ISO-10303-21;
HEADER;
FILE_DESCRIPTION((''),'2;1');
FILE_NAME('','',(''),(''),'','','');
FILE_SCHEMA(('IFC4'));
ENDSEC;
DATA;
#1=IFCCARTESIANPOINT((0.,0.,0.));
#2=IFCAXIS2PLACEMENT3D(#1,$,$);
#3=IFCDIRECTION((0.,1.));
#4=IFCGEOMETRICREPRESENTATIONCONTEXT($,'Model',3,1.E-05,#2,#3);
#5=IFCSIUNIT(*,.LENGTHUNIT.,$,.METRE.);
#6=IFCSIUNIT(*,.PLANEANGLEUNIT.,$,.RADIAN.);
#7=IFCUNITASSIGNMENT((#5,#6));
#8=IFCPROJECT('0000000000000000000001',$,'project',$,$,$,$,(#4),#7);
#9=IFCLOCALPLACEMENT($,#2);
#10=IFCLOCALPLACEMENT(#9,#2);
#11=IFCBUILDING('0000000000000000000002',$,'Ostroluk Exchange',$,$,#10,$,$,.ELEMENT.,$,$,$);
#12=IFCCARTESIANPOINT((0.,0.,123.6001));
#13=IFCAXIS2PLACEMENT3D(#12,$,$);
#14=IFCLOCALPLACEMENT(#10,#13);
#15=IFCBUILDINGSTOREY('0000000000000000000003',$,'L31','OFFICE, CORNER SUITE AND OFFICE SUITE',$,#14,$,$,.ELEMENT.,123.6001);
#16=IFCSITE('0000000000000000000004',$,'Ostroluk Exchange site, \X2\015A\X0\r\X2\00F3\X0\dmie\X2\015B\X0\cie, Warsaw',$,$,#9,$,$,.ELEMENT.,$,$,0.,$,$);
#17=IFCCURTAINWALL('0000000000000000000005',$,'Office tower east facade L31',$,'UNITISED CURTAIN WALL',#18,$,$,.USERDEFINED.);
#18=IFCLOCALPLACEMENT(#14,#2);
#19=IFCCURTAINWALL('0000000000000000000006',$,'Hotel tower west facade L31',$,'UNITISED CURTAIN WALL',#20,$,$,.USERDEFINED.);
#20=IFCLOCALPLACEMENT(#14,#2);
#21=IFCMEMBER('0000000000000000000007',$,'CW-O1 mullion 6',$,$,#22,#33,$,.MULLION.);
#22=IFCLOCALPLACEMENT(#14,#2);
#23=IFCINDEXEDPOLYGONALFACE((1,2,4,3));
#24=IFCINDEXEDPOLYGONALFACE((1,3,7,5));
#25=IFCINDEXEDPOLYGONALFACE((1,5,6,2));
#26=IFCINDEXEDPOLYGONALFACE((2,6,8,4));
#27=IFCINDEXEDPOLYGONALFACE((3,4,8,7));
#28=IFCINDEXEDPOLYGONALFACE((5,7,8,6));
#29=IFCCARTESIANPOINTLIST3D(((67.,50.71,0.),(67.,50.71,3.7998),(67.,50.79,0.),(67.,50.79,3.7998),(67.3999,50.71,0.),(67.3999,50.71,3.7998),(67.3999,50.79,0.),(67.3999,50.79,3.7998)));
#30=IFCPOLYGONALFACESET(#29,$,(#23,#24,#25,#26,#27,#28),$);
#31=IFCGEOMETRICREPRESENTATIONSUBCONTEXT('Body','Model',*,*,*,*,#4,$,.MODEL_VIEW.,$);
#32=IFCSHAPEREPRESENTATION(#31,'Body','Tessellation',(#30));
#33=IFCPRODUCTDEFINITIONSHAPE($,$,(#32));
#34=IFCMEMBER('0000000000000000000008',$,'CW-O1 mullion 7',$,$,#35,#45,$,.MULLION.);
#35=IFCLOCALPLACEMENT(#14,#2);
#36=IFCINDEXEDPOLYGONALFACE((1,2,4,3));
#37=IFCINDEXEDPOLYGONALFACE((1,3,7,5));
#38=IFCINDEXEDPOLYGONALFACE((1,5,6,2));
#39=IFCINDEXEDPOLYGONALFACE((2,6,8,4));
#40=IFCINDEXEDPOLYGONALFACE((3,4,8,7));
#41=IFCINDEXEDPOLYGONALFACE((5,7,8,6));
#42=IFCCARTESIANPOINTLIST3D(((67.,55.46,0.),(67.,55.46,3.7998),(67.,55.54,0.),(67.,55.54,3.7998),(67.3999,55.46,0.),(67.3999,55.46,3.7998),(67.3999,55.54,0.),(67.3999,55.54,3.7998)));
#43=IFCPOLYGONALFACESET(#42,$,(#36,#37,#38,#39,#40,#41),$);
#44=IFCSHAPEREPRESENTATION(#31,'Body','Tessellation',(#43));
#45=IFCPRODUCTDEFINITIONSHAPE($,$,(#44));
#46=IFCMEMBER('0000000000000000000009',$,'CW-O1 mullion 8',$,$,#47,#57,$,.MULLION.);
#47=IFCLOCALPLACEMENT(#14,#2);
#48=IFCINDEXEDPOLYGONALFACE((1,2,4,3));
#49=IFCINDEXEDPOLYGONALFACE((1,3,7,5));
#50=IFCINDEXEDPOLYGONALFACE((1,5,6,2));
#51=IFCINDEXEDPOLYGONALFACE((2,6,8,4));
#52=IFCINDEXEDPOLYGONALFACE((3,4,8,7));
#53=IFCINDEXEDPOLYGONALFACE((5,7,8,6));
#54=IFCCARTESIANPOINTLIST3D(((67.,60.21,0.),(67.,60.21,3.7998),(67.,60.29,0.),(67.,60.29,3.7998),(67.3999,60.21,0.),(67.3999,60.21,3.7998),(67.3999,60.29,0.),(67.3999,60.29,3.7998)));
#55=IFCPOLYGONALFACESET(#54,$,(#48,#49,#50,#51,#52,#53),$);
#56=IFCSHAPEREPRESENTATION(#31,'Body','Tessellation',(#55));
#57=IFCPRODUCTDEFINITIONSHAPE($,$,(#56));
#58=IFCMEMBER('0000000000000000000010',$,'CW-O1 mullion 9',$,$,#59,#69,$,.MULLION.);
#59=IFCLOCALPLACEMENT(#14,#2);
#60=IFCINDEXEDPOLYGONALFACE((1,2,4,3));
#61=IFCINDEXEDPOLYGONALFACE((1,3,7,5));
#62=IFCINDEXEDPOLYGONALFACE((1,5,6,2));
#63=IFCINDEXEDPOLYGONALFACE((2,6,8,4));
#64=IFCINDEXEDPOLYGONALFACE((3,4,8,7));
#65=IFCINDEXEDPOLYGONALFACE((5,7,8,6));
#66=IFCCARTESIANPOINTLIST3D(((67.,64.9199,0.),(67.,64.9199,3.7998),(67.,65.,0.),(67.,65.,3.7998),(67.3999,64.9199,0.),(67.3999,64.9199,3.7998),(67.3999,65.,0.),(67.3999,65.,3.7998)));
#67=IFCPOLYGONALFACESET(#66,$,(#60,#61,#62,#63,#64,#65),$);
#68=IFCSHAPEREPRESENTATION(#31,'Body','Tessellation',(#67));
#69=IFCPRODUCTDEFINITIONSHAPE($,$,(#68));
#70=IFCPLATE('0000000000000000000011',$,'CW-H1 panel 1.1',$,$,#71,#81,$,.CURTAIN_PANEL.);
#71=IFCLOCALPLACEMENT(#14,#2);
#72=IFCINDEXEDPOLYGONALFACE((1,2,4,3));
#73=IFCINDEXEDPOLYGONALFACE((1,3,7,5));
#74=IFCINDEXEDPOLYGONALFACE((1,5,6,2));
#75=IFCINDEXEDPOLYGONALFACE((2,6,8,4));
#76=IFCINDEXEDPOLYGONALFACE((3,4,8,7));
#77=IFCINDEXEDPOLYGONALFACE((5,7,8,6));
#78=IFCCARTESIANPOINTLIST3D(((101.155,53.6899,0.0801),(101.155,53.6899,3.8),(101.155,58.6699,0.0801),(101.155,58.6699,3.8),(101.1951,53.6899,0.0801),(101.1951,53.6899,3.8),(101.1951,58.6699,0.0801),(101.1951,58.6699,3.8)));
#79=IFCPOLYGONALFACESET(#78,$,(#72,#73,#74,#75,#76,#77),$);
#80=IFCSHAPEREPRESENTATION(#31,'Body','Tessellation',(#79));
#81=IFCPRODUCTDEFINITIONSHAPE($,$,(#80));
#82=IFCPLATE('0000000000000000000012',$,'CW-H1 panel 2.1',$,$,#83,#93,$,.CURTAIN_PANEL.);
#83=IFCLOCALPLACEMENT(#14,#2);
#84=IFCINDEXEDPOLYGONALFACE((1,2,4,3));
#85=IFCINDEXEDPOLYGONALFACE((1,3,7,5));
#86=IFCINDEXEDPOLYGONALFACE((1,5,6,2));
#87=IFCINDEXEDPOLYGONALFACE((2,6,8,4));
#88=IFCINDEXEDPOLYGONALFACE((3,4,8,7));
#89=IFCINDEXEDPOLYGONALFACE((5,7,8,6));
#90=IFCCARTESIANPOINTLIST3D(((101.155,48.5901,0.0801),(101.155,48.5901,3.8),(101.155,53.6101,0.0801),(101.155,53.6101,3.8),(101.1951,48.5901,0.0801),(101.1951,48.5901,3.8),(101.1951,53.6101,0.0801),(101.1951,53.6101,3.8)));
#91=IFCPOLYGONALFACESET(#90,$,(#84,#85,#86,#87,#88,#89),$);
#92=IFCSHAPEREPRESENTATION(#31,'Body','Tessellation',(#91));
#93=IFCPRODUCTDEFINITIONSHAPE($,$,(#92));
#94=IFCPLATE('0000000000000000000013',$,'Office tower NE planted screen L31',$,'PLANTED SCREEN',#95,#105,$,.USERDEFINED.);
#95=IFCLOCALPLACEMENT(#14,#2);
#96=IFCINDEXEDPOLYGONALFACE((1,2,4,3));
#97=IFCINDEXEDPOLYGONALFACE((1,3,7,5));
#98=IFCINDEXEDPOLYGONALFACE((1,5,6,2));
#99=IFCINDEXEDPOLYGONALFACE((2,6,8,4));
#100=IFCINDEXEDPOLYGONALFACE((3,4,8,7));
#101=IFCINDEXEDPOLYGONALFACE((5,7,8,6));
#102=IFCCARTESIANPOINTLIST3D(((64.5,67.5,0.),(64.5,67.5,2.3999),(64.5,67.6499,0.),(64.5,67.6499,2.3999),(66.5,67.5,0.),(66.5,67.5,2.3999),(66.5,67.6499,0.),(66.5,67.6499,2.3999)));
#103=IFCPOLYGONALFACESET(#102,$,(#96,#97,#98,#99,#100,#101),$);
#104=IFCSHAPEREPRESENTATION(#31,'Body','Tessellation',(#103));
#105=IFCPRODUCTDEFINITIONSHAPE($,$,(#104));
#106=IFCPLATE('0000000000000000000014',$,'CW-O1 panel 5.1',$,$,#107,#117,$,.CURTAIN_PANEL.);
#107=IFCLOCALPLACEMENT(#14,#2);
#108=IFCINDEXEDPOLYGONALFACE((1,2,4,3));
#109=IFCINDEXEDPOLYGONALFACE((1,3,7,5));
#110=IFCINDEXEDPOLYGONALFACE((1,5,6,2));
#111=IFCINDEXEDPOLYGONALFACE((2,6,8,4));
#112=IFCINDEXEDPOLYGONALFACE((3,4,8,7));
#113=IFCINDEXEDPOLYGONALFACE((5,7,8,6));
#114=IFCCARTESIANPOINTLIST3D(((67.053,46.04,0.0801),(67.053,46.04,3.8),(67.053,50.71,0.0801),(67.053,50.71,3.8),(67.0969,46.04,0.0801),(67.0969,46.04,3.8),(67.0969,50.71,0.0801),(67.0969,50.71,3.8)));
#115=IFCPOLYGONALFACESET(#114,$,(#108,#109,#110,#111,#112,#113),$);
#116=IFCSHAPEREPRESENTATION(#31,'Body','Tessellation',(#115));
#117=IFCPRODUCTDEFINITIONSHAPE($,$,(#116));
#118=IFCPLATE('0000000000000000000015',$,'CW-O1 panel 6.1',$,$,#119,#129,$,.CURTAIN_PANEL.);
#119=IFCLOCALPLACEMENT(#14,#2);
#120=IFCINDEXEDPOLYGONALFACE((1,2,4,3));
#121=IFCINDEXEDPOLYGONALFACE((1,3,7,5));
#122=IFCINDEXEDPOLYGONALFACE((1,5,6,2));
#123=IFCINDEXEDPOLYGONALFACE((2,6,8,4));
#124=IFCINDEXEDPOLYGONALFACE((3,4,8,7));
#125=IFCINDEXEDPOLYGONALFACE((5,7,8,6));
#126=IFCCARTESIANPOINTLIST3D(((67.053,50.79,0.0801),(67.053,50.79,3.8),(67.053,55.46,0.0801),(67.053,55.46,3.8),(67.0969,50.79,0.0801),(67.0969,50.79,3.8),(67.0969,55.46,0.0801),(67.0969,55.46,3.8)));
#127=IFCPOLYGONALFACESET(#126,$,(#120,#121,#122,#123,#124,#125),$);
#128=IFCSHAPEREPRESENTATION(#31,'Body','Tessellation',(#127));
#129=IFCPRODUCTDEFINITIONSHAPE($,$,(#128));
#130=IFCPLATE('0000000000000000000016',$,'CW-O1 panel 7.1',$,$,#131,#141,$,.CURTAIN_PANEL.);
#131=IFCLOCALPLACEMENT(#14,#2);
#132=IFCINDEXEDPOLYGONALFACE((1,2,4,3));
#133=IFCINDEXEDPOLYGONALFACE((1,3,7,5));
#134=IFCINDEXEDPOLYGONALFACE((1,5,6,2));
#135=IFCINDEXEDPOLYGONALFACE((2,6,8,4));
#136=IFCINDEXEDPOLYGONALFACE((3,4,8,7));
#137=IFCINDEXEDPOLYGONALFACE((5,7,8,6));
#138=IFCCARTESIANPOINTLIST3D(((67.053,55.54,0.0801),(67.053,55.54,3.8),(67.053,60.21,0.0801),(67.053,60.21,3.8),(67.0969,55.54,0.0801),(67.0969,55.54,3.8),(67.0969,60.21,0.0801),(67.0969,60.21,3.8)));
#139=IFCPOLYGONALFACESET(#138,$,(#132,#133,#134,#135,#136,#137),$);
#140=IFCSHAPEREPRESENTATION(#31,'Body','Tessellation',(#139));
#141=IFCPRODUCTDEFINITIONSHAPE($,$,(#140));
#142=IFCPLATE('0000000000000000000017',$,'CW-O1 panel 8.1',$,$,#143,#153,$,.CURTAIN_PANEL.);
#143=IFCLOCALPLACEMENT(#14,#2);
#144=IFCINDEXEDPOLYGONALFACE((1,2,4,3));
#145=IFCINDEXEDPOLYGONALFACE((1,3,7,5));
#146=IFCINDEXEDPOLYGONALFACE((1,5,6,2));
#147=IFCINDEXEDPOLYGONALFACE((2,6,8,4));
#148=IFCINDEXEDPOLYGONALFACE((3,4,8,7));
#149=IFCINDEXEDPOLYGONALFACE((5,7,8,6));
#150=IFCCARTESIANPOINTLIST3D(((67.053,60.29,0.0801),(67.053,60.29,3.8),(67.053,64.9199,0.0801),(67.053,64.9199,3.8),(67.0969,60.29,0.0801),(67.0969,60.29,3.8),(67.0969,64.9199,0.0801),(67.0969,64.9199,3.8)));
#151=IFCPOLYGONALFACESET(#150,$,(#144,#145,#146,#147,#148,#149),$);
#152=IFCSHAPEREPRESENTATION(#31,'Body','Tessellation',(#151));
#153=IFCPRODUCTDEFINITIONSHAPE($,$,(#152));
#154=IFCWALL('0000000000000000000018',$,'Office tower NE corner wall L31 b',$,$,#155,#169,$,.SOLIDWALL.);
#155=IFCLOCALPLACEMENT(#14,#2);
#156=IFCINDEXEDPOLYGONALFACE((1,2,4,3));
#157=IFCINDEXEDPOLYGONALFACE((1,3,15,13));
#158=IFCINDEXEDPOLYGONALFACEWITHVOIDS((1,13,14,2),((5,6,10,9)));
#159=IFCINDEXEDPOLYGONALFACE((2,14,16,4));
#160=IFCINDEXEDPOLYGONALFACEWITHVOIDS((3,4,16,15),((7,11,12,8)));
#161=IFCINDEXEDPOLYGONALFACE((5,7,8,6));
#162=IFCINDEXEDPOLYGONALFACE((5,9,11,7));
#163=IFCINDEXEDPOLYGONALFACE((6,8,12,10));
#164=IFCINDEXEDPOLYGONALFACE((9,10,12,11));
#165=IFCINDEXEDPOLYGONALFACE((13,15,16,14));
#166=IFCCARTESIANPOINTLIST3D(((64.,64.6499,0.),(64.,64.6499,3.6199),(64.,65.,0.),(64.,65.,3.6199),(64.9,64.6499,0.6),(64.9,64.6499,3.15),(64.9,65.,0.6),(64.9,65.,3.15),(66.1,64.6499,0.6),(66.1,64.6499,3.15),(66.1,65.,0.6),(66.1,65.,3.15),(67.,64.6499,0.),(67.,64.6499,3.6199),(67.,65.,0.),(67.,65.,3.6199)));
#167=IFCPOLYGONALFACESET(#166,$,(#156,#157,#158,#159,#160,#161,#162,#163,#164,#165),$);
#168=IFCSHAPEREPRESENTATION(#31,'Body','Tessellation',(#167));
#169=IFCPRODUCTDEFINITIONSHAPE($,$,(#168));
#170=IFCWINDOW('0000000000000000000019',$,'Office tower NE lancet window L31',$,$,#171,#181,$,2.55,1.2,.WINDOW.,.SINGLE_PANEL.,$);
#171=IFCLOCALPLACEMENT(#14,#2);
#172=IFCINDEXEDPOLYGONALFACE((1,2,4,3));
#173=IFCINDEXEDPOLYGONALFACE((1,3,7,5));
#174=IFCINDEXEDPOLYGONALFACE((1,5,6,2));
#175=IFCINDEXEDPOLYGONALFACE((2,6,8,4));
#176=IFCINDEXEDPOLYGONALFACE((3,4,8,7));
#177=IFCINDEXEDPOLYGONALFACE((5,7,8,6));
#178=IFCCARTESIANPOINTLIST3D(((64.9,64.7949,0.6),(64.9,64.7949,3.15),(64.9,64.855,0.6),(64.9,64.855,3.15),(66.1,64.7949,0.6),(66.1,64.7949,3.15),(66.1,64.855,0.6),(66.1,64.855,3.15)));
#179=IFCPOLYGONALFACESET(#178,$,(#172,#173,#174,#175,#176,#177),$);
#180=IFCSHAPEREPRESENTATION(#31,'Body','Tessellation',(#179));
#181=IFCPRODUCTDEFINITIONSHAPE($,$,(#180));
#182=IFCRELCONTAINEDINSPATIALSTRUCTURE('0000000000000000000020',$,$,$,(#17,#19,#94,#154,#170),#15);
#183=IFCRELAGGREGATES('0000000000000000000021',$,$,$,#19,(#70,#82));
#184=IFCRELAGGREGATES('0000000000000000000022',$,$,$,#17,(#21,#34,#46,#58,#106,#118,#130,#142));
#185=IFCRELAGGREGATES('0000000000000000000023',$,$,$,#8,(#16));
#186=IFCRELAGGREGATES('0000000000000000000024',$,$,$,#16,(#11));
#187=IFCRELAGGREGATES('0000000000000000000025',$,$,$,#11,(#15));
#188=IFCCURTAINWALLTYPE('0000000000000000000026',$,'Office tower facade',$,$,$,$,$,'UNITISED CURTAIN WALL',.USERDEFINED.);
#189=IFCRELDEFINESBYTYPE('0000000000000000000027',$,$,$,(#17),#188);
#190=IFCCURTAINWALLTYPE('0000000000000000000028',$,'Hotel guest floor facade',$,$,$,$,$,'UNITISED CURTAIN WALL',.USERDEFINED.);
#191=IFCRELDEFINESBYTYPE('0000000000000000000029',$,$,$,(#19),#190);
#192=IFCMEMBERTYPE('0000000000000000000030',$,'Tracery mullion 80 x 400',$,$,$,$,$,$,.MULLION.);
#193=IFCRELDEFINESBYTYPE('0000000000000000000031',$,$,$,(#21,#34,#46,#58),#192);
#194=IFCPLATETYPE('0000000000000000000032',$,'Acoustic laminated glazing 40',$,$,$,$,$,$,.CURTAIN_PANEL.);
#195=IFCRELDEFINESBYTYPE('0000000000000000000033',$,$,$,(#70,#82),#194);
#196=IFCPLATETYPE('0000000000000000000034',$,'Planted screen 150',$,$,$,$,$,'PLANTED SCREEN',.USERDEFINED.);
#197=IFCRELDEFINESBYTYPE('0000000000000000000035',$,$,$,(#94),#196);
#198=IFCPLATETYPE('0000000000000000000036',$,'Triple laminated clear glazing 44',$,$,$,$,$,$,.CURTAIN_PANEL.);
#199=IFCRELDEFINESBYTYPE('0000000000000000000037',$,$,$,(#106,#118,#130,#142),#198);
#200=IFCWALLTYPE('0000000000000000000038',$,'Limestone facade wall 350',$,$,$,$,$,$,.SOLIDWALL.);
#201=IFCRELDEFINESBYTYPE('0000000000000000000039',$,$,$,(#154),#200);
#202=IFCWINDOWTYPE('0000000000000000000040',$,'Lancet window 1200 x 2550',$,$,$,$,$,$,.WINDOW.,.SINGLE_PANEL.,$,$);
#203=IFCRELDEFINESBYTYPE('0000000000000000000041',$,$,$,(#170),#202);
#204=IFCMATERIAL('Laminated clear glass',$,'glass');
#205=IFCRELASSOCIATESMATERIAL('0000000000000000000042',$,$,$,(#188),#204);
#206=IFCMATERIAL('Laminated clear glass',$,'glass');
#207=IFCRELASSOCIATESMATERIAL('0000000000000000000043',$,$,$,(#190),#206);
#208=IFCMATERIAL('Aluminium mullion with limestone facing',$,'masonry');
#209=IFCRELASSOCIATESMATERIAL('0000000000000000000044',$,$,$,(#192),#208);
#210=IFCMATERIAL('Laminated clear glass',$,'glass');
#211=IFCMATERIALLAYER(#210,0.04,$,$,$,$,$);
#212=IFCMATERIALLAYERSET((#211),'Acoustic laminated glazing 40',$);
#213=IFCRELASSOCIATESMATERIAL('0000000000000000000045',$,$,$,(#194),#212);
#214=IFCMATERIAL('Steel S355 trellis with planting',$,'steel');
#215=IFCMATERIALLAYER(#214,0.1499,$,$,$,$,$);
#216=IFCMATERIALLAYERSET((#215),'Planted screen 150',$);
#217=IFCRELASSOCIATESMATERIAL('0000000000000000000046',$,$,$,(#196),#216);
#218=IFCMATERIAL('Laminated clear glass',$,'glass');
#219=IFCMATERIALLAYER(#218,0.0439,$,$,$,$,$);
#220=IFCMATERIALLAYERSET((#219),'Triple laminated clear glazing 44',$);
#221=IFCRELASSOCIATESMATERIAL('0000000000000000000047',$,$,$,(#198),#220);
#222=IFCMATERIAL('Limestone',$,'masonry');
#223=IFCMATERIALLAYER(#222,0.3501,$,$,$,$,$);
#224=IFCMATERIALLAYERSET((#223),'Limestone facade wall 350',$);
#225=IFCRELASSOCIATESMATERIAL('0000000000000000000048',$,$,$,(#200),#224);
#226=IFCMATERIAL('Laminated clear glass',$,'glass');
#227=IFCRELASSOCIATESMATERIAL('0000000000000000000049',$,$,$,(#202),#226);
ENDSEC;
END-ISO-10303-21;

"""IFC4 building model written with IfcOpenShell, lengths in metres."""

from ifc_helpers import new_model, si_unit, direction, frame, frame_2d, origin, origin_2d, place, context, subcontext, project, spatial, rectangle, extrude, material, layer, layer_set, material_profile, profile_set, type_object, element, fill, aggregate, save


model = new_model("IFC4")

# Units and contexts
model_context = context("Model", 3, precision=1e-05, world=origin(), true_north=direction((0.0, 1.0)))
body_context = subcontext(model_context, "Body", "Model", "MODEL_VIEW")
ifc_project = project(units=[si_unit("LENGTHUNIT", "METRE"), si_unit("PLANEANGLEUNIT", "RADIAN")], contexts=[model_context])

# Site, building, storey
site_placement = place(None, origin())
site = spatial("IfcSite", under=ifc_project, at=site_placement, Name="Ostroluk Exchange site, Śródmieście, Warsaw", CompositionType="ELEMENT", RefElevation=0.0)
building_placement = place(site_placement, origin())
building = spatial("IfcBuilding", under=site, at=building_placement, Name="Ostroluk Exchange", CompositionType="ELEMENT")
storey_placement = place(building_placement, frame((0.0, 0.0, 123.6001)))
storey = spatial("IfcBuildingStorey", under=building, at=storey_placement, Name="L31", Description="OFFICE, CORNER SUITE AND OFFICE SUITE", CompositionType="ELEMENT", Elevation=123.6001)

# Curtain walls
ifc_material_1 = material(Name="Laminated clear glass", Category="glass")
curtain_wall_type_1 = type_object("IfcCurtainWallType", Name="Office tower facade", ElementType="UNITISED CURTAIN WALL", PredefinedType="USERDEFINED", material=ifc_material_1)
curtain_wall_1_placement = place(storey_placement, origin())
curtain_wall_1 = element("IfcCurtainWall", 1, at=curtain_wall_1_placement, inside=storey, type_object=curtain_wall_type_1, Name="Office tower east facade L31", ObjectType="UNITISED CURTAIN WALL", PredefinedType="USERDEFINED")
ifc_material_2 = material(Name="Laminated clear glass", Category="glass")
curtain_wall_type_2 = type_object("IfcCurtainWallType", Name="Hotel guest floor facade", ElementType="UNITISED CURTAIN WALL", PredefinedType="USERDEFINED", material=ifc_material_2)
curtain_wall_2_placement = place(storey_placement, origin())
curtain_wall_2 = element("IfcCurtainWall", 2, at=curtain_wall_2_placement, inside=storey, type_object=curtain_wall_type_2, Name="Hotel tower west facade L31", ObjectType="UNITISED CURTAIN WALL", PredefinedType="USERDEFINED")

# Members
ifc_material_3 = material(Name="Aluminium mullion with limestone facing", Category="masonry")
ifc_material_profile_1 = material_profile(ifc_material_3, rectangle(XDim=0.3999, YDim=0.0801, at=origin_2d()), Name="Tracery mullion 80 x 400")
ifc_profile_set_1 = profile_set([ifc_material_profile_1], Name="Aluminium mullion with limestone facing")
member_type_1 = type_object("IfcMemberType", Name="Tracery mullion 80 x 400", PredefinedType="MULLION", material=ifc_profile_set_1)
member_1_placement = place(storey_placement, frame((67.2, 50.75, 0.0), z_axis=(0.0, 0.0, 1.0), x_axis=(-1.0, 0.0, 0.0)))
member_1 = element("IfcMember", 3, at=member_1_placement, type_object=member_type_1, Name="CW-O1 mullion 6", PredefinedType="MULLION", context=body_context, shape_type="SweptSolid", body=[
    extrude(rectangle(XDim=0.3999, YDim=0.0801, at=origin_2d()), origin(), (0.0, 0.0, 1.0), 3.7998),
])
member_2_placement = place(storey_placement, frame((67.2, 55.5, 0.0), z_axis=(0.0, 0.0, 1.0), x_axis=(-1.0, 0.0, 0.0)))
member_2 = element("IfcMember", 4, at=member_2_placement, type_object=member_type_1, Name="CW-O1 mullion 7", PredefinedType="MULLION", context=body_context, shape_type="SweptSolid", body=[
    extrude(rectangle(XDim=0.3999, YDim=0.0801, at=origin_2d()), origin(), (0.0, 0.0, 1.0), 3.7998),
])
member_3_placement = place(storey_placement, frame((67.2, 60.25, 0.0), z_axis=(0.0, 0.0, 1.0), x_axis=(-1.0, 0.0, 0.0)))
member_3 = element("IfcMember", 5, at=member_3_placement, type_object=member_type_1, Name="CW-O1 mullion 8", PredefinedType="MULLION", context=body_context, shape_type="SweptSolid", body=[
    extrude(rectangle(XDim=0.3999, YDim=0.0801, at=origin_2d()), origin(), (0.0, 0.0, 1.0), 3.7998),
])
member_4_placement = place(storey_placement, frame((67.2, 64.96, 0.0), z_axis=(0.0, 0.0, 1.0), x_axis=(-1.0, 0.0, 0.0)))
member_4 = element("IfcMember", 6, at=member_4_placement, type_object=member_type_1, Name="CW-O1 mullion 9", PredefinedType="MULLION", context=body_context, shape_type="SweptSolid", body=[
    extrude(rectangle(XDim=0.3999, YDim=0.0801, at=origin_2d()), origin(), (0.0, 0.0, 1.0), 3.7998),
])

# Plates
ifc_material_4 = material(Name="Laminated clear glass", Category="glass")
ifc_layer_1 = layer(ifc_material_4, 0.04)
ifc_layer_set_1 = layer_set([ifc_layer_1], Name="Acoustic laminated glazing 40")
plate_type_1 = type_object("IfcPlateType", Name="Acoustic laminated glazing 40", PredefinedType="CURTAIN_PANEL", material=ifc_layer_set_1)
plate_1_placement = place(storey_placement, frame((101.175, 56.1799, 0.0801), z_axis=(0.0, 0.0, 1.0), x_axis=(0.0, -1.0, 0.0)))
plate_1 = element("IfcPlate", 7, at=plate_1_placement, type_object=plate_type_1, Name="CW-H1 panel 1.1", PredefinedType="CURTAIN_PANEL", context=body_context, shape_type="SweptSolid", body=[
    extrude(rectangle(XDim=4.98, YDim=0.04, at=origin_2d()), origin(), (0.0, 0.0, 1.0), 3.72),
])
plate_2_placement = place(storey_placement, frame((101.175, 51.1001, 0.0801), z_axis=(0.0, 0.0, 1.0), x_axis=(0.0, -1.0, 0.0)))
plate_2 = element("IfcPlate", 8, at=plate_2_placement, type_object=plate_type_1, Name="CW-H1 panel 2.1", PredefinedType="CURTAIN_PANEL", context=body_context, shape_type="SweptSolid", body=[
    extrude(rectangle(XDim=5.02, YDim=0.04, at=origin_2d()), origin(), (0.0, 0.0, 1.0), 3.72),
])
aggregate(curtain_wall_2, [plate_1, plate_2])
ifc_material_5 = material(Name="Steel S355 trellis with planting", Category="steel")
ifc_layer_2 = layer(ifc_material_5, 0.1499)
ifc_layer_set_2 = layer_set([ifc_layer_2], Name="Planted screen 150")
plate_type_2 = type_object("IfcPlateType", Name="Planted screen 150", ElementType="PLANTED SCREEN", PredefinedType="USERDEFINED", material=ifc_layer_set_2)
plate_3_placement = place(storey_placement, frame((65.5, 67.575, 0.0), z_axis=(0.0, 0.0, 1.0), x_axis=(1.0, 0.0, 0.0)))
element("IfcPlate", 9, at=plate_3_placement, inside=storey, type_object=plate_type_2, Name="Office tower NE planted screen L31", ObjectType="PLANTED SCREEN", PredefinedType="USERDEFINED", context=body_context, shape_type="SweptSolid", body=[
    extrude(rectangle(XDim=2.0, YDim=0.1499, at=origin_2d()), origin(), (0.0, 0.0, 1.0), 2.3999),
])
ifc_material_6 = material(Name="Laminated clear glass", Category="glass")
ifc_layer_3 = layer(ifc_material_6, 0.0439)
ifc_layer_set_3 = layer_set([ifc_layer_3], Name="Triple laminated clear glazing 44")
plate_type_3 = type_object("IfcPlateType", Name="Triple laminated clear glazing 44", PredefinedType="CURTAIN_PANEL", material=ifc_layer_set_3)
plate_4_placement = place(storey_placement, frame((67.075, 48.375, 0.0801), z_axis=(0.0, 0.0, 1.0), x_axis=(0.0, 1.0, 0.0)))
plate_4 = element("IfcPlate", 10, at=plate_4_placement, type_object=plate_type_3, Name="CW-O1 panel 5.1", PredefinedType="CURTAIN_PANEL", context=body_context, shape_type="SweptSolid", body=[
    extrude(rectangle(XDim=4.6699, YDim=0.0439, at=origin_2d()), origin(), (0.0, 0.0, 1.0), 3.72),
])
plate_5_placement = place(storey_placement, frame((67.075, 53.125, 0.0801), z_axis=(0.0, 0.0, 1.0), x_axis=(0.0, 1.0, 0.0)))
plate_5 = element("IfcPlate", 11, at=plate_5_placement, type_object=plate_type_3, Name="CW-O1 panel 6.1", PredefinedType="CURTAIN_PANEL", context=body_context, shape_type="SweptSolid", body=[
    extrude(rectangle(XDim=4.6699, YDim=0.0439, at=origin_2d()), origin(), (0.0, 0.0, 1.0), 3.72),
])
plate_6_placement = place(storey_placement, frame((67.075, 57.875, 0.0801), z_axis=(0.0, 0.0, 1.0), x_axis=(0.0, 1.0, 0.0)))
plate_6 = element("IfcPlate", 12, at=plate_6_placement, type_object=plate_type_3, Name="CW-O1 panel 7.1", PredefinedType="CURTAIN_PANEL", context=body_context, shape_type="SweptSolid", body=[
    extrude(rectangle(XDim=4.6699, YDim=0.0439, at=origin_2d()), origin(), (0.0, 0.0, 1.0), 3.72),
])
plate_7_placement = place(storey_placement, frame((67.075, 62.605, 0.0801), z_axis=(0.0, 0.0, 1.0), x_axis=(0.0, 1.0, 0.0)))
plate_7 = element("IfcPlate", 13, at=plate_7_placement, type_object=plate_type_3, Name="CW-O1 panel 8.1", PredefinedType="CURTAIN_PANEL", context=body_context, shape_type="SweptSolid", body=[
    extrude(rectangle(XDim=4.6299, YDim=0.0439, at=origin_2d()), origin(), (0.0, 0.0, 1.0), 3.72),
])
aggregate(curtain_wall_1, [member_1, member_2, member_3, member_4, plate_4, plate_5, plate_6, plate_7])

# Wall, opening, window
ifc_material_7 = material(Name="Limestone", Category="masonry")
ifc_layer_4 = layer(ifc_material_7, 0.3501)
ifc_layer_set_4 = layer_set([ifc_layer_4], Name="Limestone facade wall 350")
wall_type_1 = type_object("IfcWallType", Name="Limestone facade wall 350", PredefinedType="SOLIDWALL", material=ifc_layer_set_4)
wall_1_placement = place(storey_placement, frame((64.0, 64.825, 0.0), z_axis=(0.0, 0.0, 1.0), x_axis=(1.0, 0.0, 0.0)))
wall_1 = element("IfcWall", 14, at=wall_1_placement, inside=storey, type_object=wall_type_1, Name="Office tower NE corner wall L31 b", PredefinedType="SOLIDWALL", context=body_context, shape_type="SweptSolid", body=[
    extrude(rectangle(XDim=3.0, YDim=0.3501, at=frame_2d((1.5, 0.0))), origin(), (0.0, 0.0, 1.0), 3.6199),
])
opening_placement = place(wall_1_placement, frame((0.8999, 0.0, 0.6001)))
opening = element("IfcOpeningElement", 15, at=opening_placement, cuts=wall_1, PredefinedType="OPENING", context=body_context, shape_type="SweptSolid", body=[
    extrude(rectangle(XDim=1.2, YDim=2.55, at=frame_2d((0.6001, 1.2749))), frame((0.0, 0.1851, 0.0), z_axis=(0.0, -1.0, 0.0), x_axis=(1.0, 0.0, 0.0)), (0.0, 0.0, 1.0), 0.3701),
])
ifc_material_8 = material(Name="Laminated clear glass", Category="glass")
window_type = type_object("IfcWindowType", Name="Lancet window 1200 x 2550", PartitioningType="SINGLE_PANEL", PredefinedType="WINDOW", material=ifc_material_8)
window_placement = place(opening_placement, origin())
window = element("IfcWindow", 16, at=window_placement, inside=storey, type_object=window_type, Name="Office tower NE lancet window L31", OverallHeight=2.55, OverallWidth=1.2, PartitioningType="SINGLE_PANEL", PredefinedType="WINDOW", context=body_context, shape_type="SweptSolid", body=[
    extrude(rectangle(XDim=1.2, YDim=2.55, at=frame_2d((0.6001, 1.2749))), frame((0.0, 0.03, 0.0), z_axis=(0.0, -1.0, 0.0), x_axis=(1.0, 0.0, 0.0)), (0.0, 0.0, 1.0), 0.0601),
])
fill(opening, window)

save(model, "model.ifc")
